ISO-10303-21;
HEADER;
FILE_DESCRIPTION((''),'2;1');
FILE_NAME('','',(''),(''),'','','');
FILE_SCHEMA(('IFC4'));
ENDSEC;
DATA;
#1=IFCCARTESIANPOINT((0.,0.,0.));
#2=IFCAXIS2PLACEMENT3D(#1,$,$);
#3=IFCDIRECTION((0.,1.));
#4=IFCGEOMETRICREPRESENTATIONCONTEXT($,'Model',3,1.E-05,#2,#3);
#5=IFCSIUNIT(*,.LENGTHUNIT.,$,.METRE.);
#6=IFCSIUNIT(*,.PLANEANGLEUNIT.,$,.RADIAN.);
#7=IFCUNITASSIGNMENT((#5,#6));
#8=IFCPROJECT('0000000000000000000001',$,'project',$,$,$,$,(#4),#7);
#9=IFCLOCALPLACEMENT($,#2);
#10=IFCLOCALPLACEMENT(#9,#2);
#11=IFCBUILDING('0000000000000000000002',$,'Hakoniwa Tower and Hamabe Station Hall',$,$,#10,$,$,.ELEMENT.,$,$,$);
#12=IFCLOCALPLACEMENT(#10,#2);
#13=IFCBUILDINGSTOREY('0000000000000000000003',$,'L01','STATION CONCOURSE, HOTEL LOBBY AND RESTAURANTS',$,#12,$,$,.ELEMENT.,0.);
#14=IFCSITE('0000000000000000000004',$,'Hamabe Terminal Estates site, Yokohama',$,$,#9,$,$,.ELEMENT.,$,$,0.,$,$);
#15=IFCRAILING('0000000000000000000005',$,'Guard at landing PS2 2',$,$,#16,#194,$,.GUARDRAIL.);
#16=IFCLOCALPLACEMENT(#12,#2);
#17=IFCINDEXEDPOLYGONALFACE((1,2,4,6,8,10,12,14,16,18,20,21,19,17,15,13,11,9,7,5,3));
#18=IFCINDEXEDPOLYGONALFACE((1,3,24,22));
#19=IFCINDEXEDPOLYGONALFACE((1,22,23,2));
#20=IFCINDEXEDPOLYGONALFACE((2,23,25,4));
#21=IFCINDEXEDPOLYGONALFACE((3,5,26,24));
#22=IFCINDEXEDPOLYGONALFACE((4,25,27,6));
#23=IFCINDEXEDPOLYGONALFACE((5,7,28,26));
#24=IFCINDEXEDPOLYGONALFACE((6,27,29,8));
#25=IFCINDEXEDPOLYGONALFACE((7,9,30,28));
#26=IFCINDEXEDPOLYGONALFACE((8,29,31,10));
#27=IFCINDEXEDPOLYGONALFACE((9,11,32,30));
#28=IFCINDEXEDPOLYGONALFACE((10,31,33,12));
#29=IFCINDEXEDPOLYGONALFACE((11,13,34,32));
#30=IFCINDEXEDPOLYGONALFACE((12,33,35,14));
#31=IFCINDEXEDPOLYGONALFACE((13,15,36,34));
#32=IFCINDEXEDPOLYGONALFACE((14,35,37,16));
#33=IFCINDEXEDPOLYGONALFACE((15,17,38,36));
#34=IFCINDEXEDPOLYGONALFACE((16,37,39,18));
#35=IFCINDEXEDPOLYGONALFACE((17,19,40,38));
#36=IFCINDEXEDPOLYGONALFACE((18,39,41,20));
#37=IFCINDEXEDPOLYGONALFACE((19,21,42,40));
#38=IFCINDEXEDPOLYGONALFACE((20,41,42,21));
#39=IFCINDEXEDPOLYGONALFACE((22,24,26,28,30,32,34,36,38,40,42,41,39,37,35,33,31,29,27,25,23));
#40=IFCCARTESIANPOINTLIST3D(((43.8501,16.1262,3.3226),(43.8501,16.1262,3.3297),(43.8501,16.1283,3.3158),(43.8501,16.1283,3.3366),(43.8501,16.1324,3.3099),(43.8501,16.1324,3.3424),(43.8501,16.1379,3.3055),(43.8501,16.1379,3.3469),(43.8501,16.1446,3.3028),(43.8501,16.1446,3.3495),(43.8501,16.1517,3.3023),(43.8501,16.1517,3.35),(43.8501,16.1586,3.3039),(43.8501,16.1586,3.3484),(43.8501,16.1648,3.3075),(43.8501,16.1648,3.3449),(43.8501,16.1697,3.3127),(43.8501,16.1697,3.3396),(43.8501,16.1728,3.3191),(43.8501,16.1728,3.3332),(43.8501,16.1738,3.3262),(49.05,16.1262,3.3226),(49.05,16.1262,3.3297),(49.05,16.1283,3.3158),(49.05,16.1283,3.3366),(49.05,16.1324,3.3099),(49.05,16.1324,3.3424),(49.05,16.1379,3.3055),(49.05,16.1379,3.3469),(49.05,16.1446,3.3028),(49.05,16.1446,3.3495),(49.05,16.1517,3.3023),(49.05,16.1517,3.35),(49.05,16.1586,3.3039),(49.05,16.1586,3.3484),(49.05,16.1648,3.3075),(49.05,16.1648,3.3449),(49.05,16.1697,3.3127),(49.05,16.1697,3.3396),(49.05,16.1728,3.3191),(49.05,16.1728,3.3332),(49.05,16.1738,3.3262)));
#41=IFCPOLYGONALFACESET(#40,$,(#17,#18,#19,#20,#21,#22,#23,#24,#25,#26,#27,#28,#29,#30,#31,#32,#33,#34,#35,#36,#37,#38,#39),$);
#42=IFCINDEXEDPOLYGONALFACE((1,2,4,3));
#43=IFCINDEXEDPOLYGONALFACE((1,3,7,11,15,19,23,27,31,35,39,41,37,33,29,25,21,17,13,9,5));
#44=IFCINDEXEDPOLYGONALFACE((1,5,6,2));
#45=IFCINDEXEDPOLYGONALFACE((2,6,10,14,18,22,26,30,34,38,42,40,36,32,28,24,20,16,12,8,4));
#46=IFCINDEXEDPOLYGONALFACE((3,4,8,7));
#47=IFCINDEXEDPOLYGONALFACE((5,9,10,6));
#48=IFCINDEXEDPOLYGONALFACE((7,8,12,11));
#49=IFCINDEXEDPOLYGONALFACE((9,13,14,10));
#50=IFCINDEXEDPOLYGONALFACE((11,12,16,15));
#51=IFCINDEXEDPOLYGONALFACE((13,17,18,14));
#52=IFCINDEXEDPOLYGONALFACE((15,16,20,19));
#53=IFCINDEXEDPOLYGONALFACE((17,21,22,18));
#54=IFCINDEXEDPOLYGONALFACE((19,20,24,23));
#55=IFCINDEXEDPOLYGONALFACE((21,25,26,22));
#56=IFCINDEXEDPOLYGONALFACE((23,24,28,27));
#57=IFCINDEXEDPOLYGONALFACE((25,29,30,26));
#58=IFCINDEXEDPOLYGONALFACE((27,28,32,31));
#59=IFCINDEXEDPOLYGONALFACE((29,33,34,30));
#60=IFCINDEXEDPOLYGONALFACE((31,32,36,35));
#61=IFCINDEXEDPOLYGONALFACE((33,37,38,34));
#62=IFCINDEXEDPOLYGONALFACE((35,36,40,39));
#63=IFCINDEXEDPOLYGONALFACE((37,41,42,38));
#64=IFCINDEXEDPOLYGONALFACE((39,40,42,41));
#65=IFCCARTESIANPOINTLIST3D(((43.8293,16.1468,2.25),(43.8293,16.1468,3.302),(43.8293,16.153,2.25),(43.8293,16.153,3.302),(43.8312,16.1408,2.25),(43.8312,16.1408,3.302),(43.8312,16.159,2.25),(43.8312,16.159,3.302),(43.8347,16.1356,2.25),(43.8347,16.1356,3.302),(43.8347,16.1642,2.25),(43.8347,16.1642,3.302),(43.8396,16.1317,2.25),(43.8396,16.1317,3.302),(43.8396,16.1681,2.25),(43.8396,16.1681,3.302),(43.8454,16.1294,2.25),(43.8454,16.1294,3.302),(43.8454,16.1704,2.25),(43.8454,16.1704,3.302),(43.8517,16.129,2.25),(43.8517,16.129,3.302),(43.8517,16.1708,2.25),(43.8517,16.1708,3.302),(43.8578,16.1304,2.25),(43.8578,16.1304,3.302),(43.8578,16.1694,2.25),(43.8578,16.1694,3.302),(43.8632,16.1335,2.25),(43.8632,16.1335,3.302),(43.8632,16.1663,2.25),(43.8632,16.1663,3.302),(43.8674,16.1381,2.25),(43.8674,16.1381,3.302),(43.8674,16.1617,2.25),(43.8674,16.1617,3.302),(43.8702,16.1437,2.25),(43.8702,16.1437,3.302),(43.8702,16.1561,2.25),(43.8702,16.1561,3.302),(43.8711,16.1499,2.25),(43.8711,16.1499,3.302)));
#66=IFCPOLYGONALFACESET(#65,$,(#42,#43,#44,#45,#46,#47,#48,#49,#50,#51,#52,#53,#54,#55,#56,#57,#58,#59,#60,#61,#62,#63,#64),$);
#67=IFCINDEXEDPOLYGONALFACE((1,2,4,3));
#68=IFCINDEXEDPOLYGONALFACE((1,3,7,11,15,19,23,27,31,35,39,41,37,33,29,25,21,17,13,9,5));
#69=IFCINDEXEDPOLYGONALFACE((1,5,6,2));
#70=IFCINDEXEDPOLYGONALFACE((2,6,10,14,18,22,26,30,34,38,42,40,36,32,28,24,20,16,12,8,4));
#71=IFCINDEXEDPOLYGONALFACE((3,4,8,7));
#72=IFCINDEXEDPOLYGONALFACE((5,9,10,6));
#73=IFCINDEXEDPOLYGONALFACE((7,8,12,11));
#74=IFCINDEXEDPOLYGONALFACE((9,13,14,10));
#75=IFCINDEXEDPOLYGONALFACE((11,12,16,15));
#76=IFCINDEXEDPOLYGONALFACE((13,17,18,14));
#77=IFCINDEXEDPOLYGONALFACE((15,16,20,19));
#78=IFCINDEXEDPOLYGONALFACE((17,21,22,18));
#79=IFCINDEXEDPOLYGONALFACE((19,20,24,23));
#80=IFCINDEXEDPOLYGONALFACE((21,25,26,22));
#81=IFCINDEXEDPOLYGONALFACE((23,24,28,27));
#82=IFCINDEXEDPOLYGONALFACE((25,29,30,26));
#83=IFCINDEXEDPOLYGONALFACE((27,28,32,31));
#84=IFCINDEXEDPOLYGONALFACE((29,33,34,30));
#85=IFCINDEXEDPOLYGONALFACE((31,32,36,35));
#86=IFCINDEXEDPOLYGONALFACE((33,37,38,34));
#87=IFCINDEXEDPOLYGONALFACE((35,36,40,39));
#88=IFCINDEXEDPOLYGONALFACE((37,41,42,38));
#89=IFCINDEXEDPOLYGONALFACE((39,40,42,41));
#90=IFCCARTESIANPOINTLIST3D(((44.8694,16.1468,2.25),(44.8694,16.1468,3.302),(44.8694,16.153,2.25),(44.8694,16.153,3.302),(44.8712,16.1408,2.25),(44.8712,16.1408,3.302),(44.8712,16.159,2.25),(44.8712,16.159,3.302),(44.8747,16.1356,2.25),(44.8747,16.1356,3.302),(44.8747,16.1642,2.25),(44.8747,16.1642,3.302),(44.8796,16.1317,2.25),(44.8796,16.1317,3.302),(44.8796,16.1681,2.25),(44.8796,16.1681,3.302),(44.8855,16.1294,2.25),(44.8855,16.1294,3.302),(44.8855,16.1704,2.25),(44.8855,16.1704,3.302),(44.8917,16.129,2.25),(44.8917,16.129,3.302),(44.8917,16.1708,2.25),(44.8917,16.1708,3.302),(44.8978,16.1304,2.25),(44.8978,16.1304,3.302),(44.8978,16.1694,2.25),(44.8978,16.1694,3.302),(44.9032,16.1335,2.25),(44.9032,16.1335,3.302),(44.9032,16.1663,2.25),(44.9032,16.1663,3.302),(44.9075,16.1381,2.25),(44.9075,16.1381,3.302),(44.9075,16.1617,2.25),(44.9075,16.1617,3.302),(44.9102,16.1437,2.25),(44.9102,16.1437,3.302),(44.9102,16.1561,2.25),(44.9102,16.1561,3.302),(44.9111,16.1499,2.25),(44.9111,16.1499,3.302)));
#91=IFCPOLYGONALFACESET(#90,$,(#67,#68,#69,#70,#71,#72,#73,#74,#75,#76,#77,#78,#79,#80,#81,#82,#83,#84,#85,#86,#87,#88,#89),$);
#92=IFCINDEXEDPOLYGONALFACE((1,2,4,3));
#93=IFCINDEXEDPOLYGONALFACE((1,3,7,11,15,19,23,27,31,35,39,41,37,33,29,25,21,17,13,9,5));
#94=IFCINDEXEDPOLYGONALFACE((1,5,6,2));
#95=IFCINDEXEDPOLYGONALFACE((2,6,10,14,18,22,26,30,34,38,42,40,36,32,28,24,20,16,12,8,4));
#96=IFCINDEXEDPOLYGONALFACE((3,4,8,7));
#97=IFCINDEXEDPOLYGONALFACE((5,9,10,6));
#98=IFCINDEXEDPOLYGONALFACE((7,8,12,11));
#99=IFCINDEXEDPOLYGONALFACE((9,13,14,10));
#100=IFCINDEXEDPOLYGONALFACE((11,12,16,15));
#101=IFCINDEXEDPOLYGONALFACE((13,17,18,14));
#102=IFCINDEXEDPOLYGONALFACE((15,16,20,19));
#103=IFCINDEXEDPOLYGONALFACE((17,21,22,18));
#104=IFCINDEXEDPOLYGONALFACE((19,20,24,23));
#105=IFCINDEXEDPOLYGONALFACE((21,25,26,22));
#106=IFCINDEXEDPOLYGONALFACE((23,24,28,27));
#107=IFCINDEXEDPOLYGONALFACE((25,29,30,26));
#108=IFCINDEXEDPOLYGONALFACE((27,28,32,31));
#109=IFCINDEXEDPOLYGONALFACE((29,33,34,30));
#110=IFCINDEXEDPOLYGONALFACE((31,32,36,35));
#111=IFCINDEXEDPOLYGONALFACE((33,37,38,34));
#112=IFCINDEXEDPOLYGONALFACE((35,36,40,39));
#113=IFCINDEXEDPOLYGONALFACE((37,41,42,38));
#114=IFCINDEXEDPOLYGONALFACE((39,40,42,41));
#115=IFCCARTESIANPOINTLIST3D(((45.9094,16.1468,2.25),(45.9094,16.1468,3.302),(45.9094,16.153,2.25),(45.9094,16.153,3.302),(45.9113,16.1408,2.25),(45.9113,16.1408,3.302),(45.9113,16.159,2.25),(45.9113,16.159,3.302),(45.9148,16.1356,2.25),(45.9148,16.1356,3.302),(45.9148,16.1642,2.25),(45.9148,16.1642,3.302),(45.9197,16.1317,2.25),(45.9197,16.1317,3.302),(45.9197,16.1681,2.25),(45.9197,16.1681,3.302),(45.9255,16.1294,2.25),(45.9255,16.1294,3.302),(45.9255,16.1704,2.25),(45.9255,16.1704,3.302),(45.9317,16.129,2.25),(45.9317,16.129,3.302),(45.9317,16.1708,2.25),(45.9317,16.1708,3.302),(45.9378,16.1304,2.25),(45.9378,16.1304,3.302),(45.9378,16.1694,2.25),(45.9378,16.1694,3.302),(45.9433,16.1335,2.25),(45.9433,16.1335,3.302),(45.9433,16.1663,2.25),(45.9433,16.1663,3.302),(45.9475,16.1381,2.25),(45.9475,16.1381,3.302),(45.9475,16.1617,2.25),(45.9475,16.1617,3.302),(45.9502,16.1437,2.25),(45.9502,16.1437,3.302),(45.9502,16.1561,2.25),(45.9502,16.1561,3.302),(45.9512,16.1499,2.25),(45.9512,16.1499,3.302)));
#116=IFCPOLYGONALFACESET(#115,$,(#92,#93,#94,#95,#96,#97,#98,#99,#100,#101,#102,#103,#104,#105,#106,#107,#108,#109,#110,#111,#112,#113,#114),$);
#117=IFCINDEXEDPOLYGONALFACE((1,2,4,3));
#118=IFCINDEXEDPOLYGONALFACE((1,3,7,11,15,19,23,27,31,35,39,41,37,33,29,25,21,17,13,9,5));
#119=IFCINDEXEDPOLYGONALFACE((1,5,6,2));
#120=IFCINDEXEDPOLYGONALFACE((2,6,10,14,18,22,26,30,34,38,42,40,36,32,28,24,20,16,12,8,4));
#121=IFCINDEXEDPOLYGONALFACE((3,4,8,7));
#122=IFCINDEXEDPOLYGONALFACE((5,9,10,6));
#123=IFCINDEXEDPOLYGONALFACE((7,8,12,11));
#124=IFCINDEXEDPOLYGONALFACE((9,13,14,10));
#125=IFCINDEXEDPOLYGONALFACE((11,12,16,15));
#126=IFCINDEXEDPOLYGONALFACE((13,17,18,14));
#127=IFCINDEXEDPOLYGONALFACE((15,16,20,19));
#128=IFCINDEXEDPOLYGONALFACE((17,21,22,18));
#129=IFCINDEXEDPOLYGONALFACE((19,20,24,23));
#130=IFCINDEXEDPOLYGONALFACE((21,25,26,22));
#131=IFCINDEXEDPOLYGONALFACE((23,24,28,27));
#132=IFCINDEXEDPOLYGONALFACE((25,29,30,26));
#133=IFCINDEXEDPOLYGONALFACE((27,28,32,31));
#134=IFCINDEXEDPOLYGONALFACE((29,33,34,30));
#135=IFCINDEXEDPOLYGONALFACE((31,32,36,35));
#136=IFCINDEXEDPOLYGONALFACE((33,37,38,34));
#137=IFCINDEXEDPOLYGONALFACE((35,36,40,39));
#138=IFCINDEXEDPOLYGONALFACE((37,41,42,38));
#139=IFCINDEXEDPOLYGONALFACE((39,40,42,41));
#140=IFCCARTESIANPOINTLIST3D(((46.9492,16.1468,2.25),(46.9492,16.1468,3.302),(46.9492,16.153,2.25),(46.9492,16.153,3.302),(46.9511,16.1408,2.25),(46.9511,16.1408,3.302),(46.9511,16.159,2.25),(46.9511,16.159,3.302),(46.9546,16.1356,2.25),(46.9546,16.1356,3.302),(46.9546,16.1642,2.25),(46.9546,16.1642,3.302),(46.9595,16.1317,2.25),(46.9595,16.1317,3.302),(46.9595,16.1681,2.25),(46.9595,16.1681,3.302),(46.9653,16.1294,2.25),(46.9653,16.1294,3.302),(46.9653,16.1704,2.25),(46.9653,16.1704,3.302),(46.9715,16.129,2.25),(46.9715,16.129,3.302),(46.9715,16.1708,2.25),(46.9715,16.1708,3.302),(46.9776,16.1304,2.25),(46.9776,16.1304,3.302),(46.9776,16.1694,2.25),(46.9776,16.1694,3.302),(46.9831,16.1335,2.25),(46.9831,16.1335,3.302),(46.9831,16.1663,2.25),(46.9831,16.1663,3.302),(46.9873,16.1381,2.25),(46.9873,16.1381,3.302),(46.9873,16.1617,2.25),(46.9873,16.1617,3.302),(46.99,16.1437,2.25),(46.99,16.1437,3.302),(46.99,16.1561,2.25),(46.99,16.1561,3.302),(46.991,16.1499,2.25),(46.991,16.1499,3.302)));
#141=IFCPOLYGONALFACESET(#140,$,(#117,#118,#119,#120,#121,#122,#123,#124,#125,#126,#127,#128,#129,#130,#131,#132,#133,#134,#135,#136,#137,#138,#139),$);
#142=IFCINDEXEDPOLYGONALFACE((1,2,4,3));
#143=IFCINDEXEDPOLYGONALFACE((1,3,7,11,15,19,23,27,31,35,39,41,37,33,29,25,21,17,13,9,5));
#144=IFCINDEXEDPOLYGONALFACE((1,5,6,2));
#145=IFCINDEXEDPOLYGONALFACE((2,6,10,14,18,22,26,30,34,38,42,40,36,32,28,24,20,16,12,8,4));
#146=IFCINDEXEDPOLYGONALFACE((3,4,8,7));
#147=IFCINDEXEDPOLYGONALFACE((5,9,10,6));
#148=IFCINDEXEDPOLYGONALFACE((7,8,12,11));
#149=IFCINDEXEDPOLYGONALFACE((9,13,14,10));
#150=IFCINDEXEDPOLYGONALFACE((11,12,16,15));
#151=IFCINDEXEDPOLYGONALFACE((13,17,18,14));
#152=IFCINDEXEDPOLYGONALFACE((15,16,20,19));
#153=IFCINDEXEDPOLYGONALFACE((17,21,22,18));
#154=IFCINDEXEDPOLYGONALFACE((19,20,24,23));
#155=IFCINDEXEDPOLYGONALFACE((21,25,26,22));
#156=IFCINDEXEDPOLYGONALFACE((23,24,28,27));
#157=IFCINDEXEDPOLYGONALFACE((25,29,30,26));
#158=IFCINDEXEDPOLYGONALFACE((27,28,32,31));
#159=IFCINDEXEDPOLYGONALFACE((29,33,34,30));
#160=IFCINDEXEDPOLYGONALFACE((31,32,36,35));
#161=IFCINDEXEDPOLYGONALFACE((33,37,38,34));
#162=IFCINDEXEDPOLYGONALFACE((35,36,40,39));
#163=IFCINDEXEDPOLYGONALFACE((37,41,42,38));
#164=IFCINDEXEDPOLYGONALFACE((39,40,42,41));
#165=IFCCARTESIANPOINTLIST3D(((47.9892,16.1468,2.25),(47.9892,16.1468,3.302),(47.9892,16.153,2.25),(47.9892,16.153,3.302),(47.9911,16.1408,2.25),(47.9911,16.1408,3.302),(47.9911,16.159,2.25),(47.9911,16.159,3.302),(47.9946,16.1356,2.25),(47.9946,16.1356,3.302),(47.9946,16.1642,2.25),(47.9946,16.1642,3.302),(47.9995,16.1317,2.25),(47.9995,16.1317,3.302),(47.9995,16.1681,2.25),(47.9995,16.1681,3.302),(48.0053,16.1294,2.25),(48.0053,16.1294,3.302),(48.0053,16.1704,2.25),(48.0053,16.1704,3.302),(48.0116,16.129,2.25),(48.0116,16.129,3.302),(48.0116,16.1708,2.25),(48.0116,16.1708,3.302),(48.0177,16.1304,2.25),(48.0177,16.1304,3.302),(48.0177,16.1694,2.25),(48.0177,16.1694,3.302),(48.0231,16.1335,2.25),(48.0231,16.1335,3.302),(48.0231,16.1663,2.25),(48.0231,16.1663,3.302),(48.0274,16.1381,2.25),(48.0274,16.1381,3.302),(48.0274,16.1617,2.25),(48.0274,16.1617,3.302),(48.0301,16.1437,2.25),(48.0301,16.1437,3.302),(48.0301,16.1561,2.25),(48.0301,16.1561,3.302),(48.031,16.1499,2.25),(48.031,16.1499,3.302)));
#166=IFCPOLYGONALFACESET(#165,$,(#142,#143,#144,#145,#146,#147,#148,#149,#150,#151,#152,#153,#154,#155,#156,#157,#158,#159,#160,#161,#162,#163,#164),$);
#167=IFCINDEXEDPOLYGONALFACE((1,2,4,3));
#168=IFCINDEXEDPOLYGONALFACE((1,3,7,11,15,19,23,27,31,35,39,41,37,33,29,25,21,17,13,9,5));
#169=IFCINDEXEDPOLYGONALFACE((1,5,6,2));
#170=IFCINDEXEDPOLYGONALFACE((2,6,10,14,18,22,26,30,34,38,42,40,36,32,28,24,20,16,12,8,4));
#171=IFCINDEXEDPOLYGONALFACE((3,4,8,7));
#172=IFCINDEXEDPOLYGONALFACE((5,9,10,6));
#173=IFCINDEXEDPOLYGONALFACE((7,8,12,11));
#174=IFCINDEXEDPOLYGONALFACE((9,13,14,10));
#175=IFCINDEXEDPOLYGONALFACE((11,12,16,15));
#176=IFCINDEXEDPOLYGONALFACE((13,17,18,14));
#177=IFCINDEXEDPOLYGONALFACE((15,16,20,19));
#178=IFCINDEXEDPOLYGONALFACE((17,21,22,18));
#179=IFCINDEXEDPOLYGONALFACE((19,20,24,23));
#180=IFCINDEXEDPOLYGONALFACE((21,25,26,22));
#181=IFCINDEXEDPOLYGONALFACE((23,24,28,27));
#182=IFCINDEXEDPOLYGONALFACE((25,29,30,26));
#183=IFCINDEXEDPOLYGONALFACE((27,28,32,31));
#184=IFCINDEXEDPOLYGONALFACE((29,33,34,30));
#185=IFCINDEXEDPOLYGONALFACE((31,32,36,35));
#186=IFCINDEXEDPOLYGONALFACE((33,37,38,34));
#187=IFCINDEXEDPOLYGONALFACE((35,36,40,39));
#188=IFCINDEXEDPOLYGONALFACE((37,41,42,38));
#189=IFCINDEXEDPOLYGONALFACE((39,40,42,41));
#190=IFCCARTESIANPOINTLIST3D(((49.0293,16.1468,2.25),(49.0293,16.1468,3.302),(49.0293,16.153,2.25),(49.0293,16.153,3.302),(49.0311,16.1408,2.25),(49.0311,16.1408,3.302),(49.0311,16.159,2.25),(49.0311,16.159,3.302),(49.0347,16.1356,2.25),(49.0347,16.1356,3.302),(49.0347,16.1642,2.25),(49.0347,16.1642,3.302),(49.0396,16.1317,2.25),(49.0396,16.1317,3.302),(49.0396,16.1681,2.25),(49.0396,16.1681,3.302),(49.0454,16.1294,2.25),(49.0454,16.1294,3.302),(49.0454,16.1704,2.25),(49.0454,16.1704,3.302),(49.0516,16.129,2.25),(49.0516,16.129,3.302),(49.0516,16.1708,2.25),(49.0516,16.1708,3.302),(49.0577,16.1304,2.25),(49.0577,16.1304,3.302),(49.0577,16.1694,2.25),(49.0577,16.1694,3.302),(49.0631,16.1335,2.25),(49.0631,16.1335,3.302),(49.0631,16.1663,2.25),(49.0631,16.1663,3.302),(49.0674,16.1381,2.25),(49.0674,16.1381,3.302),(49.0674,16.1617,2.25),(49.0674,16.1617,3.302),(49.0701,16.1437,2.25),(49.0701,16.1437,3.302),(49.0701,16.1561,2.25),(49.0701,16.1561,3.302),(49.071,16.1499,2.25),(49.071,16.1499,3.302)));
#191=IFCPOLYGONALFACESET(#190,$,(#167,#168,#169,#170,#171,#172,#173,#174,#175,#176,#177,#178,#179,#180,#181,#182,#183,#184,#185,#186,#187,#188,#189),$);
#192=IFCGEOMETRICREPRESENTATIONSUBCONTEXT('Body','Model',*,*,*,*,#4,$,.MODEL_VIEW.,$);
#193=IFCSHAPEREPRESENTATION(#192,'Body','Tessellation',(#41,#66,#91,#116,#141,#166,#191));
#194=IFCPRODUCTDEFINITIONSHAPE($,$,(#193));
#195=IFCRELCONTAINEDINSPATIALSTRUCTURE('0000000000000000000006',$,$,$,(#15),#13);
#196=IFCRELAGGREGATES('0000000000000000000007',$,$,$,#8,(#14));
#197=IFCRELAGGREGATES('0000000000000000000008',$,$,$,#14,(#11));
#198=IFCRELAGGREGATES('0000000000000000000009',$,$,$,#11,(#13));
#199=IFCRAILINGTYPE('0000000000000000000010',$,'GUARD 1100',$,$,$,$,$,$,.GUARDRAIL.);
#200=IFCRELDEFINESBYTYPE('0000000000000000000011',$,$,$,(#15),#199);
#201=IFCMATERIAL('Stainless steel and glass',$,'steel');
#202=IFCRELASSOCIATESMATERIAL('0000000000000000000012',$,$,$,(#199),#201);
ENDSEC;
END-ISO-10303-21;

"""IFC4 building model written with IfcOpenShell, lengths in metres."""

from ifc_helpers import new_model, si_unit, direction, frame, origin, origin_2d, place, context, subcontext, project, spatial, circle, extrude, material, type_object, element, save


model = new_model("IFC4")

# Units and contexts
model_context = context("Model", 3, precision=1e-05, world=origin(), true_north=direction((0.0, 1.0)))
body_context = subcontext(model_context, "Body", "Model", "MODEL_VIEW")
ifc_project = project(units=[si_unit("LENGTHUNIT", "METRE"), si_unit("PLANEANGLEUNIT", "RADIAN")], contexts=[model_context])

# Site, building, storey
site_placement = place(None, origin())
site = spatial("IfcSite", under=ifc_project, at=site_placement, Name="Hamabe Terminal Estates site, Yokohama", CompositionType="ELEMENT", RefElevation=0.0)
building_placement = place(site_placement, origin())
building = spatial("IfcBuilding", under=site, at=building_placement, Name="Hakoniwa Tower and Hamabe Station Hall", CompositionType="ELEMENT")
storey_placement = place(building_placement, origin())
storey = spatial("IfcBuildingStorey", under=building, at=storey_placement, Name="L01", Description="STATION CONCOURSE, HOTEL LOBBY AND RESTAURANTS", CompositionType="ELEMENT", Elevation=0.0)

# Railing
ifc_material_1 = material(Name="Stainless steel and glass", Category="steel")
railing_type_1 = type_object("IfcRailingType", Name="GUARD 1100", PredefinedType="GUARDRAIL", material=ifc_material_1)
railing_1_placement = place(storey_placement, frame((43.8501, 16.1499, 2.25)))
element("IfcRailing", 1, at=railing_1_placement, inside=storey, type_object=railing_type_1, Name="Guard at landing PS2 2", PredefinedType="GUARDRAIL", context=body_context, shape_type="SweptSolid", body=[
    extrude(circle(Radius=0.0239, at=origin_2d()), frame((0.0, 0.0, 1.0762), z_axis=(1.0, 0.0, 0.0), x_axis=(0.0, 1.0, 0.0)), (0.0, 0.0, 1.0), 5.2),
    extrude(circle(Radius=0.021, at=origin_2d()), origin(), (0.0, 0.0, 1.0), 1.052),
    extrude(circle(Radius=0.021, at=origin_2d()), frame((1.04, 0.0, 0.0)), (0.0, 0.0, 1.0), 1.052),
    extrude(circle(Radius=0.021, at=origin_2d()), frame((2.0801, 0.0, 0.0)), (0.0, 0.0, 1.0), 1.052),
    extrude(circle(Radius=0.021, at=origin_2d()), frame((3.1199, 0.0, 0.0)), (0.0, 0.0, 1.0), 1.052),
    extrude(circle(Radius=0.021, at=origin_2d()), frame((4.1599, 0.0, 0.0)), (0.0, 0.0, 1.0), 1.052),
    extrude(circle(Radius=0.021, at=origin_2d()), frame((5.2, 0.0, 0.0)), (0.0, 0.0, 1.0), 1.052),
])

save(model, "model.ifc")
